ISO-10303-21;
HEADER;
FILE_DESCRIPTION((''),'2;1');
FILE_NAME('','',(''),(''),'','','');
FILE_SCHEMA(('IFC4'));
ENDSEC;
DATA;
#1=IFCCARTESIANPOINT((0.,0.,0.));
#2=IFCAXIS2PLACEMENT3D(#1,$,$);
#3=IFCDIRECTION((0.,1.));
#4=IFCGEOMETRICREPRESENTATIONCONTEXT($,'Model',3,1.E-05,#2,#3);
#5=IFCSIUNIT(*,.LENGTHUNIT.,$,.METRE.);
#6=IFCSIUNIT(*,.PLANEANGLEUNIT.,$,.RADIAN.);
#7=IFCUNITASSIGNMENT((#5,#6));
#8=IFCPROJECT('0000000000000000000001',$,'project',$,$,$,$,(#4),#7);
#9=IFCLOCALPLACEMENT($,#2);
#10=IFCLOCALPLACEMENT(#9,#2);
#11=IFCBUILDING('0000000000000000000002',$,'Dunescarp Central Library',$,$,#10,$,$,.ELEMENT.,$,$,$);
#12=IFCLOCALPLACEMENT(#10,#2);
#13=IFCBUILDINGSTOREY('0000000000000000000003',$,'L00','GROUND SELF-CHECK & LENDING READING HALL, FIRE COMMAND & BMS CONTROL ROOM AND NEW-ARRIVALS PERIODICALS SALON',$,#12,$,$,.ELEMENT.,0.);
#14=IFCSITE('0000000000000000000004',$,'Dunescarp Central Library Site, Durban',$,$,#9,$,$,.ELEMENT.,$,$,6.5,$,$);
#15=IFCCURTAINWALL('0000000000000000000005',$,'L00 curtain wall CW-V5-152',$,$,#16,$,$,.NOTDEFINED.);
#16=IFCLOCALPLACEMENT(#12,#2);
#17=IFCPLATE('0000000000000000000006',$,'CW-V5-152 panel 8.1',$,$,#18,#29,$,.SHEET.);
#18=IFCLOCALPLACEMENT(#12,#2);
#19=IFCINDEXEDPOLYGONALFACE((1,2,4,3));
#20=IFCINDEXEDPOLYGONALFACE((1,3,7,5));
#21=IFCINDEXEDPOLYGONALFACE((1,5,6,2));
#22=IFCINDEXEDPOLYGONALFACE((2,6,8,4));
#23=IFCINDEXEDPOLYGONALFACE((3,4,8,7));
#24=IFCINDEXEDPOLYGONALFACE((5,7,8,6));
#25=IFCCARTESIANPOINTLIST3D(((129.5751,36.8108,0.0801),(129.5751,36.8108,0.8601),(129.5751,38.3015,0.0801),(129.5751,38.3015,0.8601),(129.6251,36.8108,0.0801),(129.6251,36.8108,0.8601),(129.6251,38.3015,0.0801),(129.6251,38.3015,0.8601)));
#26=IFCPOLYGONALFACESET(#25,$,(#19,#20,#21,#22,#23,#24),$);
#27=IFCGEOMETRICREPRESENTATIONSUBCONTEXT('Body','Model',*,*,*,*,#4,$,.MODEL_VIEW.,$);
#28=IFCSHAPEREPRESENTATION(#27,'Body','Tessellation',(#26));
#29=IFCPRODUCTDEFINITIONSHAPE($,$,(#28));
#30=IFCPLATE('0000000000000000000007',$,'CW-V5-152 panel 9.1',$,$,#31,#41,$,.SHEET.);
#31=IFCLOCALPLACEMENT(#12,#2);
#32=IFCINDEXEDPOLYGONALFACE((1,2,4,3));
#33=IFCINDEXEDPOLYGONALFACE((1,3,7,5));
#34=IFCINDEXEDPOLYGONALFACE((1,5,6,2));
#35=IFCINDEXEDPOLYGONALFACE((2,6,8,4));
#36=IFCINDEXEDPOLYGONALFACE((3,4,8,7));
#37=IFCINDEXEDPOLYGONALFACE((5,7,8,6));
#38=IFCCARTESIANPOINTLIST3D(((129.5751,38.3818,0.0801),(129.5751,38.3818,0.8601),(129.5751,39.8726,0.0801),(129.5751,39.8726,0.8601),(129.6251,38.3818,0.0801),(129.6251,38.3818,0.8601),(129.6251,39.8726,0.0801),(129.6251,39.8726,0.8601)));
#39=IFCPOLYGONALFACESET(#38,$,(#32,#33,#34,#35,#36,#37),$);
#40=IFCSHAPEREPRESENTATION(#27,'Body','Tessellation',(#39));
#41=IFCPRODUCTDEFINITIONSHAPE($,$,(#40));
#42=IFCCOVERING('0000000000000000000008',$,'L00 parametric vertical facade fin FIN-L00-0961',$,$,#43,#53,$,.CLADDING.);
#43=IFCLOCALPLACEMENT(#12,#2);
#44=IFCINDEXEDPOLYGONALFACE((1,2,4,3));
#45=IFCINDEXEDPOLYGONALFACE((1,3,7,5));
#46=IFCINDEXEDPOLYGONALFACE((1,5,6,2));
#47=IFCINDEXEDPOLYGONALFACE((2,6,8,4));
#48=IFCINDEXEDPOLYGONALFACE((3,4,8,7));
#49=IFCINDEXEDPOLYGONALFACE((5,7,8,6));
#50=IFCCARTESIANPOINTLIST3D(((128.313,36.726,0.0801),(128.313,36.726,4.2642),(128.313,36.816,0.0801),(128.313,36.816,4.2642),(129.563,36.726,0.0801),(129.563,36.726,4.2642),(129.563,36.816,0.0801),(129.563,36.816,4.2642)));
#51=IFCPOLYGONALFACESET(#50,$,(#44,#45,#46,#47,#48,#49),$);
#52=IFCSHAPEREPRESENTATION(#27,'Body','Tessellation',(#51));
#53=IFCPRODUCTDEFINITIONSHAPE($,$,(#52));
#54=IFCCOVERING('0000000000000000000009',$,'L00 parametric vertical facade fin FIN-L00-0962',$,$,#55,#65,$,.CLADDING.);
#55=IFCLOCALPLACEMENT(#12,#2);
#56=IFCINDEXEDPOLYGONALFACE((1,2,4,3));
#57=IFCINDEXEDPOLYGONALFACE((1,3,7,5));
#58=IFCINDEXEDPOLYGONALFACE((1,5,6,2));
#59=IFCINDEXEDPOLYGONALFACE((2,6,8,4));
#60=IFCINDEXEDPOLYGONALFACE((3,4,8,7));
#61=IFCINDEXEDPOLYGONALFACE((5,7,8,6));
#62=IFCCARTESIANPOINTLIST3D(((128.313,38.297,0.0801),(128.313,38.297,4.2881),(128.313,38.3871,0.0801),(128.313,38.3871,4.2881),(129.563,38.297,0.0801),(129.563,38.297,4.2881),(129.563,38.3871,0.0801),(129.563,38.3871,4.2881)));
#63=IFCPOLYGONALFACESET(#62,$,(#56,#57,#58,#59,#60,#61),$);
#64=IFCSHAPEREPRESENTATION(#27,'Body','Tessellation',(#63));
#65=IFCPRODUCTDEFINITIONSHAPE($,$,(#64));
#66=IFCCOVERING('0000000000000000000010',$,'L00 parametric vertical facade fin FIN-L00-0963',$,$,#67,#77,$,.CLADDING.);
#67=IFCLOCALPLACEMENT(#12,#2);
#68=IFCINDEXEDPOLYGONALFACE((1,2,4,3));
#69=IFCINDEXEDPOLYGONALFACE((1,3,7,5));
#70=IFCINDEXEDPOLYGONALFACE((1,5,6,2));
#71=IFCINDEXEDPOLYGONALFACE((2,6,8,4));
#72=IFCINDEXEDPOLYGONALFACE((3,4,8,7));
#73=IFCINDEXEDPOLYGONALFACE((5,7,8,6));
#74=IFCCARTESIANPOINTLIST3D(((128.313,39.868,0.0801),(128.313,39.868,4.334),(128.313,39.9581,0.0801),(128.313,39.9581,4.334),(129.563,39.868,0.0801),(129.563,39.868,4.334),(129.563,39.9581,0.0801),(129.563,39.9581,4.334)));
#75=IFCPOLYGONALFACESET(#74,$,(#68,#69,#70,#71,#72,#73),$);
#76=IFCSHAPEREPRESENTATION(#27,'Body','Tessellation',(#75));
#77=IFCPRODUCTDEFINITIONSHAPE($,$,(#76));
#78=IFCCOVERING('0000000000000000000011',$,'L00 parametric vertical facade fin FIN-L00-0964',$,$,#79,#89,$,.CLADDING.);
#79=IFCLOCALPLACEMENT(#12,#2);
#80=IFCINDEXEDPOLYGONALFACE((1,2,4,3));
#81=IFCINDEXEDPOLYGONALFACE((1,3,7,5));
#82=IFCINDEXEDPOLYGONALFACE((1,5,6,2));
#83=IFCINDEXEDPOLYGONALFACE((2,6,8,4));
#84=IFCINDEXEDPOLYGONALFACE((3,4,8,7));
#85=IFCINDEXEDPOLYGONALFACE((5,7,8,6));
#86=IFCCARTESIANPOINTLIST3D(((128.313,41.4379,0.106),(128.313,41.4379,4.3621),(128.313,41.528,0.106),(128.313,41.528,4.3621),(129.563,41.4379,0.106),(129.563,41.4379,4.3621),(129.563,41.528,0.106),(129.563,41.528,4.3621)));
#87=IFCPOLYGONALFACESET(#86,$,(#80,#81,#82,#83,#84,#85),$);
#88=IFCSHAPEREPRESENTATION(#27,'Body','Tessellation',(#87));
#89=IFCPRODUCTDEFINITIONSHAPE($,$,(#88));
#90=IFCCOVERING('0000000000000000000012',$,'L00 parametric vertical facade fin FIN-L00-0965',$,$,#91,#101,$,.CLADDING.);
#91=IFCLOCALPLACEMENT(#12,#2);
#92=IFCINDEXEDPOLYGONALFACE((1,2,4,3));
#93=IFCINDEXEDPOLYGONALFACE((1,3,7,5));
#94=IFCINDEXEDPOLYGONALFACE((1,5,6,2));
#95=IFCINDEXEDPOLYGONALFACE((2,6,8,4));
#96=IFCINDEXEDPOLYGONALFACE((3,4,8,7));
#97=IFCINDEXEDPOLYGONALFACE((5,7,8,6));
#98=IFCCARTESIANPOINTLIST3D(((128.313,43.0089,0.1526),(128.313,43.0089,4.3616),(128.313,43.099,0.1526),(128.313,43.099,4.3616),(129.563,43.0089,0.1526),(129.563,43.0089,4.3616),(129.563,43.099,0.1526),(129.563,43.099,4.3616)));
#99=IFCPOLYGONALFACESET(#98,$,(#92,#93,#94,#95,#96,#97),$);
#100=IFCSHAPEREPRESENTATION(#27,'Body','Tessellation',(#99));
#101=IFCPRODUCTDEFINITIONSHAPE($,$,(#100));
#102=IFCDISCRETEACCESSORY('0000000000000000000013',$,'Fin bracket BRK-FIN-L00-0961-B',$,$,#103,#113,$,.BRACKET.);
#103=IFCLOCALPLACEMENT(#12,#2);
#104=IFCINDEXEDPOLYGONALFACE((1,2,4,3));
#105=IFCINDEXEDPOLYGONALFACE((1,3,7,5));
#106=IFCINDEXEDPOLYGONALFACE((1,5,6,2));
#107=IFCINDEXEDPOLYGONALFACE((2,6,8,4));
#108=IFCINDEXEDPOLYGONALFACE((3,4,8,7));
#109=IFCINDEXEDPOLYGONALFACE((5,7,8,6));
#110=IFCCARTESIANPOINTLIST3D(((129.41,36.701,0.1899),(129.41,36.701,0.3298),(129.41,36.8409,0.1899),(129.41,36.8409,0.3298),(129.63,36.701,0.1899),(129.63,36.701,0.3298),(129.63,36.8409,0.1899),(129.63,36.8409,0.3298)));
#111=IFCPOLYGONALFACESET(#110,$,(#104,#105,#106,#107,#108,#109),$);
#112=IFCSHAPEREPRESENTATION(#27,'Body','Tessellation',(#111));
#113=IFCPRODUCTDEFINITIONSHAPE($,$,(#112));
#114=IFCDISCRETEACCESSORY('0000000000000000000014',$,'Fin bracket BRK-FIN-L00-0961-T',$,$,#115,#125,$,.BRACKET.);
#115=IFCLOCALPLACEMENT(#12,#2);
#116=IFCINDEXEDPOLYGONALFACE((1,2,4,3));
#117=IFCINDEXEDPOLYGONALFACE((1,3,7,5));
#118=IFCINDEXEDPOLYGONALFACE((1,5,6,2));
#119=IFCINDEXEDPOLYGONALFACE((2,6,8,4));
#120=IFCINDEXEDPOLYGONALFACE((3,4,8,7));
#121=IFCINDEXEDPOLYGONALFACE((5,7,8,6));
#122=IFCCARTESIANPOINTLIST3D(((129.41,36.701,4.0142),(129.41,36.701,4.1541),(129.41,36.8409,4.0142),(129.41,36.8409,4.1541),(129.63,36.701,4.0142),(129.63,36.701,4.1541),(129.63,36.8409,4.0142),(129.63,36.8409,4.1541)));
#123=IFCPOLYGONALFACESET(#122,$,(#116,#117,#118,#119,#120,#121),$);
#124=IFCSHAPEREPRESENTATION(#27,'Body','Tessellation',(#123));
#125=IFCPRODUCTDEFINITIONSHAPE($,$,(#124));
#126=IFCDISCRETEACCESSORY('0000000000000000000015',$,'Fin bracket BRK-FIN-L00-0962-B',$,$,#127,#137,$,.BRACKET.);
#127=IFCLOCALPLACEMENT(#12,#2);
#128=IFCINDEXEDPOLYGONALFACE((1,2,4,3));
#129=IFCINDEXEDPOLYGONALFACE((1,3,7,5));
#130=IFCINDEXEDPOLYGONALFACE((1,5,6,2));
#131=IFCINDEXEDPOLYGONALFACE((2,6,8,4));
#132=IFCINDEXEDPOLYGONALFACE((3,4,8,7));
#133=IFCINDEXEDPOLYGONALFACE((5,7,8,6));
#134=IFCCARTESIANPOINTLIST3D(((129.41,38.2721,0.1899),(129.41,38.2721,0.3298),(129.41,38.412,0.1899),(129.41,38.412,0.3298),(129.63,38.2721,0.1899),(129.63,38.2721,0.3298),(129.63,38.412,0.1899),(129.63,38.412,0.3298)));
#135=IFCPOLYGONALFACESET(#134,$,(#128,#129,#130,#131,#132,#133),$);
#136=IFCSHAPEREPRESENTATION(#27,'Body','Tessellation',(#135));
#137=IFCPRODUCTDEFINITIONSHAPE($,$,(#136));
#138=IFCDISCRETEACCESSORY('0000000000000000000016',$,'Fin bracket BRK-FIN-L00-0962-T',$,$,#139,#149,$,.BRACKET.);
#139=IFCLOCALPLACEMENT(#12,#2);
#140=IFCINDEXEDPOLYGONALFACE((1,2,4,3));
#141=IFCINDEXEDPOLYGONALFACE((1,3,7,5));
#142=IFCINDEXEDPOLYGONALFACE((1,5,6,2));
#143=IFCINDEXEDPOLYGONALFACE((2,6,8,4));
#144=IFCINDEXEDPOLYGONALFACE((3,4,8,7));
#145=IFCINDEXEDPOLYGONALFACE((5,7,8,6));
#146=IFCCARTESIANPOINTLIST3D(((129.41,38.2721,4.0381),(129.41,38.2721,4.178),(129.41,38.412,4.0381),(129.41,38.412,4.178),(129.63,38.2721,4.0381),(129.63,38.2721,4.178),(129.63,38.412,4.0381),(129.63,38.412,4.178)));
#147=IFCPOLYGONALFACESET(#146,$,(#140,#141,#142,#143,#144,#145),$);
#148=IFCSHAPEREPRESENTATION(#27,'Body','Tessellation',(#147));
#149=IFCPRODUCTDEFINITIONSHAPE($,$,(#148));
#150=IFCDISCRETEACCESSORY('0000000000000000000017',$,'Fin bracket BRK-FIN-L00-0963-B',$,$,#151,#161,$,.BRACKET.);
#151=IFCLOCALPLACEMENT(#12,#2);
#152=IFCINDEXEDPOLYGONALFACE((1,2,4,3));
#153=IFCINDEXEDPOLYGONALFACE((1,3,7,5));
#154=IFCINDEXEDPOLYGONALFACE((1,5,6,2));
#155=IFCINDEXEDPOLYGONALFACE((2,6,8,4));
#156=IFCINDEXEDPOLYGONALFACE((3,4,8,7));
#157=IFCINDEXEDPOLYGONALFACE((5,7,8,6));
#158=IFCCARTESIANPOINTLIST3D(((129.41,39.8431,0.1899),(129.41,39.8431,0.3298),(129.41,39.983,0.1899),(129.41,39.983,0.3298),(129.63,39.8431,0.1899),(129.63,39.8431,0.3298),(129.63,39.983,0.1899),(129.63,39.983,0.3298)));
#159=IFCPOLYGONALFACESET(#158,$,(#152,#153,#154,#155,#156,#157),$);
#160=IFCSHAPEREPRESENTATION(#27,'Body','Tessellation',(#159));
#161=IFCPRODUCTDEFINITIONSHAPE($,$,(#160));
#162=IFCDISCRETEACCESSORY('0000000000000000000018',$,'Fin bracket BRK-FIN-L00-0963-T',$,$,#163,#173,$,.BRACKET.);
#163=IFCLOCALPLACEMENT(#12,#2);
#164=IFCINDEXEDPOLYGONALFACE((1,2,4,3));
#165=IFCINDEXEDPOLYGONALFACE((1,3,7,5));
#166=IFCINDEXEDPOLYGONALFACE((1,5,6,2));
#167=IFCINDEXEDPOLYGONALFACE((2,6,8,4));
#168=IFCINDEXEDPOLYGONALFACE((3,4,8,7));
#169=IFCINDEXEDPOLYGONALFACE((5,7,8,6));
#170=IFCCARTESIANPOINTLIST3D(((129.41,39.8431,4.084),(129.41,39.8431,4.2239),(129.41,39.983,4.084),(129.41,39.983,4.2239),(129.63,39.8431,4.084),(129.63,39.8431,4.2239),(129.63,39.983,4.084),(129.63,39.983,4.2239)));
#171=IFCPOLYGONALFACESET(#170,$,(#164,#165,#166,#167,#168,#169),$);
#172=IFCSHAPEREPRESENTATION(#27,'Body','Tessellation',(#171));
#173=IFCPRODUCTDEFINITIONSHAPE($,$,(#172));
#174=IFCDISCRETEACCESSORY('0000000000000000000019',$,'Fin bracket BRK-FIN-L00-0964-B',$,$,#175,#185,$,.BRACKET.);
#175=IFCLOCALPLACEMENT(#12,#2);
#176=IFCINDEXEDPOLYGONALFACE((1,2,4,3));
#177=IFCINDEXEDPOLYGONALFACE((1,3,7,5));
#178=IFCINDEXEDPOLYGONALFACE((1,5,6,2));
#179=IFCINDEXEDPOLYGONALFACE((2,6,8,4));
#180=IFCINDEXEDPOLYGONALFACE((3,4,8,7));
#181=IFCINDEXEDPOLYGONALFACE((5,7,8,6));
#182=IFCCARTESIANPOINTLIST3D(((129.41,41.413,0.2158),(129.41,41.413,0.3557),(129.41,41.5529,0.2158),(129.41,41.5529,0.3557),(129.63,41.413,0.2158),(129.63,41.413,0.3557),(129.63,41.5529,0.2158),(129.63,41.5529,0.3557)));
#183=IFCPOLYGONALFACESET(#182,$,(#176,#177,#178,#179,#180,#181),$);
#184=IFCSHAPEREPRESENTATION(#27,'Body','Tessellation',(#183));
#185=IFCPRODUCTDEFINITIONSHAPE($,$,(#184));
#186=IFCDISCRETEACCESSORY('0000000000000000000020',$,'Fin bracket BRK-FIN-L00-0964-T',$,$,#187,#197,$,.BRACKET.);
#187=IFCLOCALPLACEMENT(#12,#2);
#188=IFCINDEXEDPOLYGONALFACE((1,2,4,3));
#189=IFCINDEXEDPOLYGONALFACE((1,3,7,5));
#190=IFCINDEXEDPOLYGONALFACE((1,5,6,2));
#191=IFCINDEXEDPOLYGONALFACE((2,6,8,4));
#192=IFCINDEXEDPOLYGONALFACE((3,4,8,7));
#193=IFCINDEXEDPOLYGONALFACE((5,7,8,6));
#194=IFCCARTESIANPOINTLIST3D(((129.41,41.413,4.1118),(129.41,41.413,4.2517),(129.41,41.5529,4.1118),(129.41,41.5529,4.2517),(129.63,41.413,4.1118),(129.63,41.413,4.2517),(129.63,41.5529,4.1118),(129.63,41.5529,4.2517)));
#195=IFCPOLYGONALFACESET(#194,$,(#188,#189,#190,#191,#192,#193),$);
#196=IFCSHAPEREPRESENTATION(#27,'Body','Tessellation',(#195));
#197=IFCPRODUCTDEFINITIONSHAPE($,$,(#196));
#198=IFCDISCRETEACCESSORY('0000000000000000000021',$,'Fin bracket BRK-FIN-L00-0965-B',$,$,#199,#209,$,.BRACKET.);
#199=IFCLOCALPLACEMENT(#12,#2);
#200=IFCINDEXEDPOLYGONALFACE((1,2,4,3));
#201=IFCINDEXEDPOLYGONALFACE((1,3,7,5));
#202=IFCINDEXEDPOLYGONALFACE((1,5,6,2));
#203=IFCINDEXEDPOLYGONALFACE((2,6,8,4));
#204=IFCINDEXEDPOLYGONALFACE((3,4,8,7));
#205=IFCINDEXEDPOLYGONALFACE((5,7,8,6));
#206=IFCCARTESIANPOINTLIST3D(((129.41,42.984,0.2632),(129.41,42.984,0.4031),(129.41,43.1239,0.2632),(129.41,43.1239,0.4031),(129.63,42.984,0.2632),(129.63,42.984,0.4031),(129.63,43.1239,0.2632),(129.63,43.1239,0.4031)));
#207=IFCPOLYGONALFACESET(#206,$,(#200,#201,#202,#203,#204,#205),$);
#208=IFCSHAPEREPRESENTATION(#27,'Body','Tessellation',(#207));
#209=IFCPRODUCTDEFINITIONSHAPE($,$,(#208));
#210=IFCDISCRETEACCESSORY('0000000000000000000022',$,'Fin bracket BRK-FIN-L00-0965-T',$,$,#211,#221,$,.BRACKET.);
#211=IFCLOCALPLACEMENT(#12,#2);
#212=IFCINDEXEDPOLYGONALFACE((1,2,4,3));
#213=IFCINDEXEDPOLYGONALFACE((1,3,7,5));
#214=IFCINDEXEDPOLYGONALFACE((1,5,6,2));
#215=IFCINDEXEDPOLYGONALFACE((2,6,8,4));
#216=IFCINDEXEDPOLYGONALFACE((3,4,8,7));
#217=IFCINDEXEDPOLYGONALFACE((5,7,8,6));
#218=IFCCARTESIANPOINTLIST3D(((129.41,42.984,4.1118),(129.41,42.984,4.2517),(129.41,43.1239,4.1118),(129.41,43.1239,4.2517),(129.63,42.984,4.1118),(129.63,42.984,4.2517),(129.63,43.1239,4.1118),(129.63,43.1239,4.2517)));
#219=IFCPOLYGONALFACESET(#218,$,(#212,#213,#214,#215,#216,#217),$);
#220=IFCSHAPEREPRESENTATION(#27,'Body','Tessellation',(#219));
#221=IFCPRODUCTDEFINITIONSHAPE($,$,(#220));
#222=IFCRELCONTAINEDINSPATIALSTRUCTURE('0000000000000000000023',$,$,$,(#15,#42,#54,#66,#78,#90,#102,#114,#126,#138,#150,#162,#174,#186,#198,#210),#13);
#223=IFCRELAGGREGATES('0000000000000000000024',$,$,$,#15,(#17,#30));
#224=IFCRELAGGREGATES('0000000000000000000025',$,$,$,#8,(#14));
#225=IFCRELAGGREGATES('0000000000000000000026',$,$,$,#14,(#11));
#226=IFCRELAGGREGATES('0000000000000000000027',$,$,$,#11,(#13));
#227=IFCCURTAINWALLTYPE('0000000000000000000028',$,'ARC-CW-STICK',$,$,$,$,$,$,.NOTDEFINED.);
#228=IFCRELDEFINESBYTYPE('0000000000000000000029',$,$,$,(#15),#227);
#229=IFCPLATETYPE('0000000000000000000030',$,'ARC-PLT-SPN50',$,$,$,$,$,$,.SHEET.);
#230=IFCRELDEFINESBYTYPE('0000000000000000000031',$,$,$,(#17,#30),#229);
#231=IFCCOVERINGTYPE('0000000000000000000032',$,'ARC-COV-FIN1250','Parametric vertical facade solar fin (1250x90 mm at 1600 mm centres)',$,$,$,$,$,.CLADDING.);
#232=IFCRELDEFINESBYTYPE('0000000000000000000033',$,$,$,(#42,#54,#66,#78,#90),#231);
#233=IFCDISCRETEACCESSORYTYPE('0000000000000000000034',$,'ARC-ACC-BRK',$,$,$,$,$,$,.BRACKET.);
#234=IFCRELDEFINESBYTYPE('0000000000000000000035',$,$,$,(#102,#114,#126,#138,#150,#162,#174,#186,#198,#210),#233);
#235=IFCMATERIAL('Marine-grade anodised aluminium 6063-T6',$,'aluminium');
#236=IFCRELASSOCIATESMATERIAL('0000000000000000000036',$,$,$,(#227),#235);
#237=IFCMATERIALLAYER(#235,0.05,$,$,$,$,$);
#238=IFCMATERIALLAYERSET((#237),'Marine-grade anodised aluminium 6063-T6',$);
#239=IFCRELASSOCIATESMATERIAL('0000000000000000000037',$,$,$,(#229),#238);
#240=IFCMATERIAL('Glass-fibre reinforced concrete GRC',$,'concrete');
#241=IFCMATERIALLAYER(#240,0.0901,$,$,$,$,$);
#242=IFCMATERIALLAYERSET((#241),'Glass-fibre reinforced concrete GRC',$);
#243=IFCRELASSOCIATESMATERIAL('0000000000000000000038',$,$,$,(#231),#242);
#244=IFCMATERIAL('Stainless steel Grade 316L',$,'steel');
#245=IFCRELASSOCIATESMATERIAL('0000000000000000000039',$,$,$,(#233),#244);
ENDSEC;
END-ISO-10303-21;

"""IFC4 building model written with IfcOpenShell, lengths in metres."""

from ifc_helpers import new_model, si_unit, direction, frame, origin, origin_2d, place, context, subcontext, project, spatial, rectangle, extrude, material, layer, layer_set, type_object, element, aggregate, save


model = new_model("IFC4")

# Units and contexts
model_context = context("Model", 3, precision=1e-05, world=origin(), true_north=direction((0.0, 1.0)))
body_context = subcontext(model_context, "Body", "Model", "MODEL_VIEW")
ifc_project = project(units=[si_unit("LENGTHUNIT", "METRE"), si_unit("PLANEANGLEUNIT", "RADIAN")], contexts=[model_context])

# Site, building, storey
site_placement = place(None, origin())
site = spatial("IfcSite", under=ifc_project, at=site_placement, Name="Dunescarp Central Library Site, Durban", CompositionType="ELEMENT", RefElevation=6.5)
building_placement = place(site_placement, origin())
building = spatial("IfcBuilding", under=site, at=building_placement, Name="Dunescarp Central Library", CompositionType="ELEMENT")
storey_placement = place(building_placement, origin())
storey = spatial("IfcBuildingStorey", under=building, at=storey_placement, Name="L00", Description="GROUND SELF-CHECK & LENDING READING HALL, FIRE COMMAND & BMS CONTROL ROOM AND NEW-ARRIVALS PERIODICALS SALON", CompositionType="ELEMENT", Elevation=0.0)

# Curtain wall, plates
ifc_material_1 = material(Name="Marine-grade anodised aluminium 6063-T6", Category="aluminium")
curtain_wall_type = type_object("IfcCurtainWallType", Name="ARC-CW-STICK", PredefinedType="NOTDEFINED", material=ifc_material_1)
curtain_wall_placement = place(storey_placement, origin())
curtain_wall = element("IfcCurtainWall", 1, at=curtain_wall_placement, inside=storey, type_object=curtain_wall_type, Name="L00 curtain wall CW-V5-152", PredefinedType="NOTDEFINED")
ifc_layer_1 = layer(ifc_material_1, 0.05)
ifc_layer_set_1 = layer_set([ifc_layer_1], Name="Marine-grade anodised aluminium 6063-T6")
plate_type_1 = type_object("IfcPlateType", Name="ARC-PLT-SPN50", PredefinedType="SHEET", material=ifc_layer_set_1)
plate_1_placement = place(storey_placement, frame((129.6001, 37.5562, 0.0801), z_axis=(0.0, 0.0, 1.0), x_axis=(0.0, 1.0, 0.0)))
plate_1 = element("IfcPlate", 2, at=plate_1_placement, type_object=plate_type_1, Name="CW-V5-152 panel 8.1", PredefinedType="SHEET", context=body_context, shape_type="SweptSolid", body=[
    extrude(rectangle(XDim=1.4907, YDim=0.05, at=origin_2d()), origin(), (0.0, 0.0, 1.0), 0.78),
])
plate_2_placement = place(storey_placement, frame((129.6001, 39.1272, 0.0801), z_axis=(0.0, 0.0, 1.0), x_axis=(0.0, 1.0, 0.0)))
plate_2 = element("IfcPlate", 3, at=plate_2_placement, type_object=plate_type_1, Name="CW-V5-152 panel 9.1", PredefinedType="SHEET", context=body_context, shape_type="SweptSolid", body=[
    extrude(rectangle(XDim=1.4907, YDim=0.05, at=origin_2d()), origin(), (0.0, 0.0, 1.0), 0.78),
])
aggregate(curtain_wall, [plate_1, plate_2])

# Coverings
ifc_material_2 = material(Name="Glass-fibre reinforced concrete GRC", Category="concrete")
ifc_layer_2 = layer(ifc_material_2, 0.0901)
ifc_layer_set_2 = layer_set([ifc_layer_2], Name="Glass-fibre reinforced concrete GRC")
covering_type = type_object("IfcCoveringType", Name="ARC-COV-FIN1250", Description="Parametric vertical facade solar fin (1250x90 mm at 1600 mm centres)", PredefinedType="CLADDING", material=ifc_layer_set_2)
covering_1_placement = place(storey_placement, frame((128.938, 36.771, 0.0801), z_axis=(0.0, 0.0, 1.0), x_axis=(-1.0, 0.0, 0.0)))
element("IfcCovering", 4, at=covering_1_placement, inside=storey, type_object=covering_type, Name="L00 parametric vertical facade fin FIN-L00-0961", PredefinedType="CLADDING", context=body_context, shape_type="SweptSolid", body=[
    extrude(rectangle(XDim=1.25, YDim=0.0901, at=origin_2d()), origin(), (0.0, 0.0, 1.0), 4.1841),
])
covering_2_placement = place(storey_placement, frame((128.938, 38.342, 0.0801), z_axis=(0.0, 0.0, 1.0), x_axis=(-1.0, 0.0, 0.0)))
element("IfcCovering", 5, at=covering_2_placement, inside=storey, type_object=covering_type, Name="L00 parametric vertical facade fin FIN-L00-0962", PredefinedType="CLADDING", context=body_context, shape_type="SweptSolid", body=[
    extrude(rectangle(XDim=1.25, YDim=0.0901, at=origin_2d()), origin(), (0.0, 0.0, 1.0), 4.208),
])
covering_3_placement = place(storey_placement, frame((128.938, 39.9131, 0.0801), z_axis=(0.0, 0.0, 1.0), x_axis=(-1.0, 0.0, 0.0)))
element("IfcCovering", 6, at=covering_3_placement, inside=storey, type_object=covering_type, Name="L00 parametric vertical facade fin FIN-L00-0963", PredefinedType="CLADDING", context=body_context, shape_type="SweptSolid", body=[
    extrude(rectangle(XDim=1.25, YDim=0.0901, at=origin_2d()), origin(), (0.0, 0.0, 1.0), 4.2539),
])
covering_4_placement = place(storey_placement, frame((128.938, 41.4829, 0.106), z_axis=(0.0, 0.0, 1.0), x_axis=(-1.0, 0.0, 0.0)))
element("IfcCovering", 7, at=covering_4_placement, inside=storey, type_object=covering_type, Name="L00 parametric vertical facade fin FIN-L00-0964", PredefinedType="CLADDING", context=body_context, shape_type="SweptSolid", body=[
    extrude(rectangle(XDim=1.25, YDim=0.0901, at=origin_2d()), origin(), (0.0, 0.0, 1.0), 4.2561),
])
covering_5_placement = place(storey_placement, frame((128.938, 43.054, 0.1526), z_axis=(0.0, 0.0, 1.0), x_axis=(-1.0, 0.0, 0.0)))
element("IfcCovering", 8, at=covering_5_placement, inside=storey, type_object=covering_type, Name="L00 parametric vertical facade fin FIN-L00-0965", PredefinedType="CLADDING", context=body_context, shape_type="SweptSolid", body=[
    extrude(rectangle(XDim=1.25, YDim=0.0901, at=origin_2d()), origin(), (0.0, 0.0, 1.0), 4.209),
])

# Discrete accessories
ifc_material_3 = material(Name="Stainless steel Grade 316L", Category="steel")
discrete_accessory_type = type_object("IfcDiscreteAccessoryType", Name="ARC-ACC-BRK", PredefinedType="BRACKET", material=ifc_material_3)
for number, where, z_axis, x_axis, name in (
    (9, (129.52, 36.771, 0.1899), (0.0, 0.0, 1.0), (-1.0, 0.0, 0.0), "Fin bracket BRK-FIN-L00-0961-B"),
    (10, (129.52, 36.771, 4.0142), (0.0, 0.0, 1.0), (-1.0, 0.0, 0.0), "Fin bracket BRK-FIN-L00-0961-T"),
    (11, (129.52, 38.342, 0.1899), (0.0, 0.0, 1.0), (-1.0, 0.0, 0.0), "Fin bracket BRK-FIN-L00-0962-B"),
    (12, (129.52, 38.342, 4.0381), (0.0, 0.0, 1.0), (-1.0, 0.0, 0.0), "Fin bracket BRK-FIN-L00-0962-T"),
    (13, (129.52, 39.9131, 0.1899), (0.0, 0.0, 1.0), (-1.0, 0.0, 0.0), "Fin bracket BRK-FIN-L00-0963-B"),
    (14, (129.52, 39.9131, 4.084), (0.0, 0.0, 1.0), (-1.0, 0.0, 0.0), "Fin bracket BRK-FIN-L00-0963-T"),
    (15, (129.52, 41.4829, 0.2158), (0.0, 0.0, 1.0), (-1.0, 0.0, 0.0), "Fin bracket BRK-FIN-L00-0964-B"),
    (16, (129.52, 41.4829, 4.1118), (0.0, 0.0, 1.0), (-1.0, 0.0, 0.0), "Fin bracket BRK-FIN-L00-0964-T"),
    (17, (129.52, 43.054, 0.2632), (0.0, 0.0, 1.0), (-1.0, 0.0, 0.0), "Fin bracket BRK-FIN-L00-0965-B"),
    (18, (129.52, 43.054, 4.1118), (0.0, 0.0, 1.0), (-1.0, 0.0, 0.0), "Fin bracket BRK-FIN-L00-0965-T"),
):
    element("IfcDiscreteAccessory", number, at=place(storey_placement, frame(where, z_axis=z_axis, x_axis=x_axis)), inside=storey, type_object=discrete_accessory_type, Name=name, PredefinedType="BRACKET", context=body_context, shape_type="SweptSolid", body=[
        extrude(rectangle(XDim=0.22, YDim=0.1399, at=origin_2d()), origin(), (0.0, 0.0, 1.0), 0.1399),
    ])

save(model, "model.ifc")
